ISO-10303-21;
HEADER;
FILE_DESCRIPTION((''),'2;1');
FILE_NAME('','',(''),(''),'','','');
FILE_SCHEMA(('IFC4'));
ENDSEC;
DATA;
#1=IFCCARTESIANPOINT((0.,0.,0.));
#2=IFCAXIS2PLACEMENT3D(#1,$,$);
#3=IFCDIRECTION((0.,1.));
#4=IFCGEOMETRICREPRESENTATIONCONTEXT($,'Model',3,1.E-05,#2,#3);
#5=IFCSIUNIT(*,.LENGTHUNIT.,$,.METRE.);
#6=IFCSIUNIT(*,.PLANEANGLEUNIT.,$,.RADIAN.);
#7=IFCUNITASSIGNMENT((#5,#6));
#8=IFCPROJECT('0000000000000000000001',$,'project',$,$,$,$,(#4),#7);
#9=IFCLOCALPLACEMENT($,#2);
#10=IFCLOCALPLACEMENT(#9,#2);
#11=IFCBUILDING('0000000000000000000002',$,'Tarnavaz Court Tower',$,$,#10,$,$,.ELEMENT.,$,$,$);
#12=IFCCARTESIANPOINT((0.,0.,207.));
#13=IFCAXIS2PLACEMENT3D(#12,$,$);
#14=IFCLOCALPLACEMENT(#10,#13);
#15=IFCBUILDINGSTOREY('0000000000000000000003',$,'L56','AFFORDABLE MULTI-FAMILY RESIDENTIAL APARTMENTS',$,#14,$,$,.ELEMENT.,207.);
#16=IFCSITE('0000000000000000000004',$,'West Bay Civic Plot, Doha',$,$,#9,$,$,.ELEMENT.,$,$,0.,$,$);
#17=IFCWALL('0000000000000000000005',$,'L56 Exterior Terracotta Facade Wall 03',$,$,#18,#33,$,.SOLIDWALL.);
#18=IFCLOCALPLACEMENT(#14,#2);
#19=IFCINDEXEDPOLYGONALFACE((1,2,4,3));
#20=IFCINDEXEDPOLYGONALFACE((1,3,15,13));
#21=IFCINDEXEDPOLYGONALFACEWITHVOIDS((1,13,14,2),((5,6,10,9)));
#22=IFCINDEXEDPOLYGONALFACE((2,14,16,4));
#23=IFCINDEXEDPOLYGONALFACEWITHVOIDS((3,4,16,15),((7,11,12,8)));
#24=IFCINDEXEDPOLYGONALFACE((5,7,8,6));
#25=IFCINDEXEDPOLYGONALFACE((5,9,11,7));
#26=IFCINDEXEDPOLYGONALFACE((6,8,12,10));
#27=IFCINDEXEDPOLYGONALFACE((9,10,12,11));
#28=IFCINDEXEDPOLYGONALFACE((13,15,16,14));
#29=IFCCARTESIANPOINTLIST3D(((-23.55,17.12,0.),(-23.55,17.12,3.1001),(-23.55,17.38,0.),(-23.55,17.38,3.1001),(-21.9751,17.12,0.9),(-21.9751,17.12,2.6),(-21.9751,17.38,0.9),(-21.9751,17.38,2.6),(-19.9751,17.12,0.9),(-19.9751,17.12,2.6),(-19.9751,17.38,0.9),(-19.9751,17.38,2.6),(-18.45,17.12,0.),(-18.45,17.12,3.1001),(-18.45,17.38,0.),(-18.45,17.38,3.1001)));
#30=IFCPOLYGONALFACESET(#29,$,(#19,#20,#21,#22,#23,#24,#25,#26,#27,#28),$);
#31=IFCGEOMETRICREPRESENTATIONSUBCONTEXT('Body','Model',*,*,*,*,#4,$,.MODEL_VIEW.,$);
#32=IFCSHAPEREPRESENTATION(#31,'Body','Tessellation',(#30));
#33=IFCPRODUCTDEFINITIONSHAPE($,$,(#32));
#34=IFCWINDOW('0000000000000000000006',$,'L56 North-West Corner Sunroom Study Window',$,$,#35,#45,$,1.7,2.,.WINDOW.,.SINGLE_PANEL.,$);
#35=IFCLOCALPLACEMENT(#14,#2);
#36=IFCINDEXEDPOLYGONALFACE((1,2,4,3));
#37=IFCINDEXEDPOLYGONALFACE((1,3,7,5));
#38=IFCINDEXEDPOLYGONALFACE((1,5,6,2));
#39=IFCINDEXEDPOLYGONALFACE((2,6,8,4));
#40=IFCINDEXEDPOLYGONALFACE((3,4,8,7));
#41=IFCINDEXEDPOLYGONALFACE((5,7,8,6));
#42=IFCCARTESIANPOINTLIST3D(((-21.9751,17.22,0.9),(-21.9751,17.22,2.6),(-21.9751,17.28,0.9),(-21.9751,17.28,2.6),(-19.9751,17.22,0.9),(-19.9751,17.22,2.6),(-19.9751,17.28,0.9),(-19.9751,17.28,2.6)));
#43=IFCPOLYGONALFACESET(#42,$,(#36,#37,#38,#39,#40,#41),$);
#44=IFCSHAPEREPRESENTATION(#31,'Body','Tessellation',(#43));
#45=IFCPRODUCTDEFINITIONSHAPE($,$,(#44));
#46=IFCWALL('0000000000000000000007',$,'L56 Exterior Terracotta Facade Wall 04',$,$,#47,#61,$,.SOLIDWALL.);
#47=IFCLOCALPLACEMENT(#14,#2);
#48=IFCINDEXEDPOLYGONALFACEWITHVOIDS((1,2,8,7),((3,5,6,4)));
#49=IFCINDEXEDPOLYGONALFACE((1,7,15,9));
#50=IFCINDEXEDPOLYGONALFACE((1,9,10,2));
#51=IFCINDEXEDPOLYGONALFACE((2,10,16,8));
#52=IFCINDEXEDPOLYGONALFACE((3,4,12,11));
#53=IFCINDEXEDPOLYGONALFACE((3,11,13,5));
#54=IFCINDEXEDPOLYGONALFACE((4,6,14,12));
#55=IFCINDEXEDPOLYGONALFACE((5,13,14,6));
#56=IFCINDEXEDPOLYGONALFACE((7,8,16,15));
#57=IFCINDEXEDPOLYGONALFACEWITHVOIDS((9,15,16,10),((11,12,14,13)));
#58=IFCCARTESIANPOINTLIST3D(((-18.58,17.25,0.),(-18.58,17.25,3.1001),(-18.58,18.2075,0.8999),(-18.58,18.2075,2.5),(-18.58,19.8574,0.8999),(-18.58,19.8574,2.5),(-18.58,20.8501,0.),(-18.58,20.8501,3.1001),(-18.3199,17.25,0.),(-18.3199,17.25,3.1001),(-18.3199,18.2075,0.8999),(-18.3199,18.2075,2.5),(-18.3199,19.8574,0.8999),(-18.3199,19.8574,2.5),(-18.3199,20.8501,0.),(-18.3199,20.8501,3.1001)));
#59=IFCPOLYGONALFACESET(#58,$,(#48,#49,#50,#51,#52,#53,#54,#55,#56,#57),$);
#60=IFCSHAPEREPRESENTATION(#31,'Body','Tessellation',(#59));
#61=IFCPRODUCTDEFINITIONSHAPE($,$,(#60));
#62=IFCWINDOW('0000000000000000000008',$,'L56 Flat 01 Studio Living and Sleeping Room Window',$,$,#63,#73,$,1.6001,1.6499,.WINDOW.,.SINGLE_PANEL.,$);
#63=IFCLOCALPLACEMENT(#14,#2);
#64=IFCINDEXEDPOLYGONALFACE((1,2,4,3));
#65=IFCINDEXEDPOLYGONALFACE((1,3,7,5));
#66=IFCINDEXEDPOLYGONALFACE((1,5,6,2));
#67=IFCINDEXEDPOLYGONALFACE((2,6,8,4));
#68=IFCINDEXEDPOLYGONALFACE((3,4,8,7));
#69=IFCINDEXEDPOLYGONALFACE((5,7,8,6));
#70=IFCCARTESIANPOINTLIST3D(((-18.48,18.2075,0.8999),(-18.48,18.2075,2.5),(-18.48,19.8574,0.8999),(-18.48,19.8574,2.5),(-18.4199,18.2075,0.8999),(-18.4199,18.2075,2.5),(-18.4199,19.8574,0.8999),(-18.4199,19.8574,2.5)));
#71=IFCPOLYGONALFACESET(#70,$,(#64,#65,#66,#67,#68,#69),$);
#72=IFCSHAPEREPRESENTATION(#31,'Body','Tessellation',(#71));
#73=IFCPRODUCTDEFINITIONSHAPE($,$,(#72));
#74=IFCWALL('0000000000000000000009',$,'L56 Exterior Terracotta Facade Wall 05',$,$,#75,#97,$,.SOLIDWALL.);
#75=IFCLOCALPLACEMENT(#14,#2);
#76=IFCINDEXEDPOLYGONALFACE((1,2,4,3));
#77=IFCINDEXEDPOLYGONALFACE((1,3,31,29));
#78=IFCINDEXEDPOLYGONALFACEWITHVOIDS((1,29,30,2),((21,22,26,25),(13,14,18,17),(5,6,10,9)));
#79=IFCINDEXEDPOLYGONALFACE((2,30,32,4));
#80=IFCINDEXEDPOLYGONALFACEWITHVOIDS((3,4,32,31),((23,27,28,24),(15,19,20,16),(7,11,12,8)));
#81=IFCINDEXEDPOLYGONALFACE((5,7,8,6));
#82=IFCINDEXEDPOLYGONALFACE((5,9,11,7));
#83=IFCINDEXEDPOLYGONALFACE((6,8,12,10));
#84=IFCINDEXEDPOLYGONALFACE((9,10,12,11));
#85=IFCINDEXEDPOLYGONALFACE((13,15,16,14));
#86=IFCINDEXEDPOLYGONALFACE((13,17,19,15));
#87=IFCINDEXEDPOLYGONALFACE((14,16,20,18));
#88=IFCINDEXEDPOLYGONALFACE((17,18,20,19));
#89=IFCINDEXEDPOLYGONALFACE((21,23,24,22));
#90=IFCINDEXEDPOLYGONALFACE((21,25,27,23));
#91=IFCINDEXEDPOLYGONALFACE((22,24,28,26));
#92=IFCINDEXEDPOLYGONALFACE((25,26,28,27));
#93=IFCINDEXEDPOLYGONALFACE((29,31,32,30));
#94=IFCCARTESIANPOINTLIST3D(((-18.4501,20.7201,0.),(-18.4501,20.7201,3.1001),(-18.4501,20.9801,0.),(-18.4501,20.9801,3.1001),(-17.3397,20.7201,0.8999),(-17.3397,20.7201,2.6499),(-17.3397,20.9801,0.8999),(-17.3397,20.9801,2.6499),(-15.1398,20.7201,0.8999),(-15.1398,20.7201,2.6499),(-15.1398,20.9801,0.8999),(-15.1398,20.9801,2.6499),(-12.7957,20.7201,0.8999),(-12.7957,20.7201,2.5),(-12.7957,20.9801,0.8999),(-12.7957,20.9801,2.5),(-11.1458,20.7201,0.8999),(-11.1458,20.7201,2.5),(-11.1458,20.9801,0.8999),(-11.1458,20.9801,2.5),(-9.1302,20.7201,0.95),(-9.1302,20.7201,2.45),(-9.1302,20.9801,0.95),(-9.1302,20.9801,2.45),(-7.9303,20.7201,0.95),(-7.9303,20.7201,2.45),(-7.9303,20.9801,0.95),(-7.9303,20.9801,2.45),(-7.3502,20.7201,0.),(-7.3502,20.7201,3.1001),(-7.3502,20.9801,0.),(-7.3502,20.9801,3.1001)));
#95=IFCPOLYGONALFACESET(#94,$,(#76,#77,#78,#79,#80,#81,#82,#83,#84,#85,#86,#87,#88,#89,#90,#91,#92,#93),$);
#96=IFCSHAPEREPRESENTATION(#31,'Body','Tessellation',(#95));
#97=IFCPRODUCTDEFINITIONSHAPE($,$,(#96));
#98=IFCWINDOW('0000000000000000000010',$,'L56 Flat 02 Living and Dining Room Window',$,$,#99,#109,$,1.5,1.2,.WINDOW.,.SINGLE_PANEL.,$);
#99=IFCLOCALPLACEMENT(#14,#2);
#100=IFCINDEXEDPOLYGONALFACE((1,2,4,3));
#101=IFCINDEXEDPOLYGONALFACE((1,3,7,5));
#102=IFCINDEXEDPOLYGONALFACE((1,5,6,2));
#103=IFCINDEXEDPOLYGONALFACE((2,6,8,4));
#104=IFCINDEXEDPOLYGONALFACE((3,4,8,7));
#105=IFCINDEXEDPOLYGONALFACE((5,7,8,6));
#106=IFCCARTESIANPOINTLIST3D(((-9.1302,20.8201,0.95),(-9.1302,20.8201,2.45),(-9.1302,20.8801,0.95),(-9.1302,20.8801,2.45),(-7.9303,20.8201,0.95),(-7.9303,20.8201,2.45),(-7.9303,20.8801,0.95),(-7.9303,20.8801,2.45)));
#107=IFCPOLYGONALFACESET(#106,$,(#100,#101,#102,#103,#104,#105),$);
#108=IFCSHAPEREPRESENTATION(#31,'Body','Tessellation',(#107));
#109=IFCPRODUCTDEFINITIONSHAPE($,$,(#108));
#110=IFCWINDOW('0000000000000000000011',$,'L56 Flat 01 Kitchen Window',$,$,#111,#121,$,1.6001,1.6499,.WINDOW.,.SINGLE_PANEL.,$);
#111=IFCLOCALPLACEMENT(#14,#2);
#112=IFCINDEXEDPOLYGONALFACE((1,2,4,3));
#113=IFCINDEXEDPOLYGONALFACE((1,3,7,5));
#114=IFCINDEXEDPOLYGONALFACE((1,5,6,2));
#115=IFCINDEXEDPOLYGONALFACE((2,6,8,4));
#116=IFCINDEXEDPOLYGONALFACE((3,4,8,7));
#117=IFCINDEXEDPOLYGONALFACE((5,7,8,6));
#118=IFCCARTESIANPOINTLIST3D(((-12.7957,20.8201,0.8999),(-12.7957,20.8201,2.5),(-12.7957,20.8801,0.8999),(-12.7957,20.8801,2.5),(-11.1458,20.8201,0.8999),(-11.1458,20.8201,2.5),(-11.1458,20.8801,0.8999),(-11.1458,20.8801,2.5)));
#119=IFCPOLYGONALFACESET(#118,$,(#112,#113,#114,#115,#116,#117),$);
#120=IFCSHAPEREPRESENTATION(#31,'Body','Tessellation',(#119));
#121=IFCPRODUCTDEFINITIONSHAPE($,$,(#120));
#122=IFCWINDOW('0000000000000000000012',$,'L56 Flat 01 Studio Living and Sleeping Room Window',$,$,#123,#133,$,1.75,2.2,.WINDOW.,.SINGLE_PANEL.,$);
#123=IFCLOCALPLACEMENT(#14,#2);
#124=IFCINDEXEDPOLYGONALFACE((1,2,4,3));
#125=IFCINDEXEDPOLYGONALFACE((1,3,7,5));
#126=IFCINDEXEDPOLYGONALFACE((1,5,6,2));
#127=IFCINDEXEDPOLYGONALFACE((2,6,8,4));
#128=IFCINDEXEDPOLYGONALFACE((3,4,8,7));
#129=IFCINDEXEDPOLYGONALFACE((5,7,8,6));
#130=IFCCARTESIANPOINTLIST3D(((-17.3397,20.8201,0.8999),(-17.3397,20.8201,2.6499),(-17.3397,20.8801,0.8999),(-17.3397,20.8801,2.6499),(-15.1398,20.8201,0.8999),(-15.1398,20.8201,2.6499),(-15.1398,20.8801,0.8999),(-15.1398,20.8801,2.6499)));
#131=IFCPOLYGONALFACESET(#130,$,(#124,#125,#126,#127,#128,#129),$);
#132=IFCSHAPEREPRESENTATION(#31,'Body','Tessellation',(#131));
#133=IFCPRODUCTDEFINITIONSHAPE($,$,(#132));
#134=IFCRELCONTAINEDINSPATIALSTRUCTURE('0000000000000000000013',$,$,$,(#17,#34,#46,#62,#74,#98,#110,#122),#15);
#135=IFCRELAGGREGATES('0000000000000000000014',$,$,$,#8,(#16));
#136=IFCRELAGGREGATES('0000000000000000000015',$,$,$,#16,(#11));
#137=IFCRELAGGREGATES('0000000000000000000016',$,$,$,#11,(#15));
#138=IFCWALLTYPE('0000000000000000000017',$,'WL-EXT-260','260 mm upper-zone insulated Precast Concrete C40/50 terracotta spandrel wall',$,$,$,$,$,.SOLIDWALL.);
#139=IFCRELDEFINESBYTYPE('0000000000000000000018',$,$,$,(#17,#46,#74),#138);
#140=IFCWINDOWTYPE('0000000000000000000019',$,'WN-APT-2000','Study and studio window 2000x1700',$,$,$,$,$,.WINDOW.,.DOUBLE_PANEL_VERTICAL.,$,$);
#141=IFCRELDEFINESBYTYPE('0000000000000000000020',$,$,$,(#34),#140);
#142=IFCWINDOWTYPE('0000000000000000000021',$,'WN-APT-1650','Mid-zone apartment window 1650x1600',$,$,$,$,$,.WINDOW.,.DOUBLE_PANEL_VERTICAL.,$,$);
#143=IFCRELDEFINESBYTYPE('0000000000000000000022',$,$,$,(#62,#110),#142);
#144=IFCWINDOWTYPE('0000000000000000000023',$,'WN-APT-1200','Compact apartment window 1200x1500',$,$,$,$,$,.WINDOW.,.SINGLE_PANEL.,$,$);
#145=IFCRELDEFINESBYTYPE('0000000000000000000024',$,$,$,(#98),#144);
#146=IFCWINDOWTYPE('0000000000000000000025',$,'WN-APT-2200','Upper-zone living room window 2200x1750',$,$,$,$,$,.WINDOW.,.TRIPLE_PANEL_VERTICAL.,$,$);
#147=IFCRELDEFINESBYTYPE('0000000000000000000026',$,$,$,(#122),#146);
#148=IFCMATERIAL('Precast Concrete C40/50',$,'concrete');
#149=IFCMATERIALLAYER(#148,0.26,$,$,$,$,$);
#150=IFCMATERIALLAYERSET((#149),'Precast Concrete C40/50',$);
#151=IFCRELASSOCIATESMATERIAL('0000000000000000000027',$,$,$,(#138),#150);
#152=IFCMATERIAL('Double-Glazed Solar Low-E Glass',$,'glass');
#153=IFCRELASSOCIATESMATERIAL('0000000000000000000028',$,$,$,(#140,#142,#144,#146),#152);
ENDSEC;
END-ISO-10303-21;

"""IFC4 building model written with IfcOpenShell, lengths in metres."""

from ifc_helpers import new_model, si_unit, direction, frame, frame_2d, origin, place, context, subcontext, project, spatial, rectangle, extrude, material, layer, layer_set, type_object, element, fill, save


model = new_model("IFC4")

# Units and contexts
model_context = context("Model", 3, precision=1e-05, world=origin(), true_north=direction((0.0, 1.0)))
body_context = subcontext(model_context, "Body", "Model", "MODEL_VIEW")
ifc_project = project(units=[si_unit("LENGTHUNIT", "METRE"), si_unit("PLANEANGLEUNIT", "RADIAN")], contexts=[model_context])

# Site, building, storey
site_placement = place(None, origin())
site = spatial("IfcSite", under=ifc_project, at=site_placement, Name="West Bay Civic Plot, Doha", CompositionType="ELEMENT", RefElevation=0.0)
building_placement = place(site_placement, origin())
building = spatial("IfcBuilding", under=site, at=building_placement, Name="Tarnavaz Court Tower", CompositionType="ELEMENT")
storey_placement = place(building_placement, frame((0.0, 0.0, 207.0)))
storey = spatial("IfcBuildingStorey", under=building, at=storey_placement, Name="L56", Description="AFFORDABLE MULTI-FAMILY RESIDENTIAL APARTMENTS", CompositionType="ELEMENT", Elevation=207.0)

# Walls, openings, windows
ifc_material_1 = material(Name="Precast Concrete C40/50", Category="concrete")
ifc_layer_1 = layer(ifc_material_1, 0.26)
ifc_layer_set_1 = layer_set([ifc_layer_1], Name="Precast Concrete C40/50")
wall_type_1 = type_object("IfcWallType", Name="WL-EXT-260", Description="260 mm upper-zone insulated Precast Concrete C40/50 terracotta spandrel wall", PredefinedType="SOLIDWALL", material=ifc_layer_set_1)
wall_1_placement = place(storey_placement, frame((-23.55, 17.25, 0.0), z_axis=(0.0, 0.0, 1.0), x_axis=(1.0, 0.0, 0.0)))
wall_1 = element("IfcWall", 1, at=wall_1_placement, inside=storey, type_object=wall_type_1, Name="L56 Exterior Terracotta Facade Wall 03", PredefinedType="SOLIDWALL", context=body_context, shape_type="SweptSolid", body=[
    extrude(rectangle(XDim=5.1001, YDim=0.26, at=frame_2d((2.55, 0.0))), origin(), (0.0, 0.0, 1.0), 3.1001),
])
opening_1_placement = place(wall_1_placement, frame((1.575, 0.0, 0.8999)))
opening_1 = element("IfcOpeningElement", 2, at=opening_1_placement, cuts=wall_1, PredefinedType="OPENING", context=body_context, shape_type="SweptSolid", body=[
    extrude(rectangle(XDim=2.0, YDim=1.7, at=frame_2d((1.0, 0.8501))), frame((0.0, 0.1399, 0.0), z_axis=(0.0, -1.0, 0.0), x_axis=(1.0, 0.0, 0.0)), (0.0, 0.0, 1.0), 0.28),
])
ifc_material_2 = material(Name="Double-Glazed Solar Low-E Glass", Category="glass")
window_type_1 = type_object("IfcWindowType", Name="WN-APT-2000", Description="Study and studio window 2000x1700", PartitioningType="DOUBLE_PANEL_VERTICAL", PredefinedType="WINDOW", material=ifc_material_2)
window_1_placement = place(opening_1_placement, origin())
window_1 = element("IfcWindow", 3, at=window_1_placement, inside=storey, type_object=window_type_1, Name="L56 North-West Corner Sunroom Study Window", OverallHeight=1.7, OverallWidth=2.0, PartitioningType="SINGLE_PANEL", PredefinedType="WINDOW", context=body_context, shape_type="SweptSolid", body=[
    extrude(rectangle(XDim=2.0, YDim=1.7, at=frame_2d((1.0, 0.8501))), frame((0.0, 0.03, 0.0), z_axis=(0.0, -1.0, 0.0), x_axis=(1.0, 0.0, 0.0)), (0.0, 0.0, 1.0), 0.0601),
])
fill(opening_1, window_1)
wall_2_placement = place(storey_placement, frame((-18.45, 17.25, 0.0), z_axis=(0.0, 0.0, 1.0), x_axis=(0.0, 1.0, 0.0)))
wall_2 = element("IfcWall", 4, at=wall_2_placement, inside=storey, type_object=wall_type_1, Name="L56 Exterior Terracotta Facade Wall 04", PredefinedType="SOLIDWALL", context=body_context, shape_type="SweptSolid", body=[
    extrude(rectangle(XDim=3.6001, YDim=0.26, at=frame_2d((1.8, 0.0))), origin(), (0.0, 0.0, 1.0), 3.1001),
])
opening_2_placement = place(wall_2_placement, frame((0.9575, 0.0, 0.8999)))
opening_2 = element("IfcOpeningElement", 5, at=opening_2_placement, cuts=wall_2, PredefinedType="OPENING", context=body_context, shape_type="SweptSolid", body=[
    extrude(rectangle(XDim=1.6499, YDim=1.6001, at=frame_2d((0.825, 0.8))), frame((0.0, 0.1399, 0.0), z_axis=(0.0, -1.0, 0.0), x_axis=(1.0, 0.0, 0.0)), (0.0, 0.0, 1.0), 0.28),
])
window_type_2 = type_object("IfcWindowType", Name="WN-APT-1650", Description="Mid-zone apartment window 1650x1600", PartitioningType="DOUBLE_PANEL_VERTICAL", PredefinedType="WINDOW", material=ifc_material_2)
window_2_placement = place(opening_2_placement, origin())
window_2 = element("IfcWindow", 6, at=window_2_placement, inside=storey, type_object=window_type_2, Name="L56 Flat 01 Studio Living and Sleeping Room Window", OverallHeight=1.6001, OverallWidth=1.6499, PartitioningType="SINGLE_PANEL", PredefinedType="WINDOW", context=body_context, shape_type="SweptSolid", body=[
    extrude(rectangle(XDim=1.6499, YDim=1.6001, at=frame_2d((0.825, 0.8))), frame((0.0, 0.03, 0.0), z_axis=(0.0, -1.0, 0.0), x_axis=(1.0, 0.0, 0.0)), (0.0, 0.0, 1.0), 0.0601),
])
fill(opening_2, window_2)

# Wall, openings, windows
wall_3_placement = place(storey_placement, frame((-18.45, 20.8501, 0.0), z_axis=(0.0, 0.0, 1.0), x_axis=(1.0, 0.0, 0.0)))
wall_3 = element("IfcWall", 7, at=wall_3_placement, inside=storey, type_object=wall_type_1, Name="L56 Exterior Terracotta Facade Wall 05", PredefinedType="SOLIDWALL", context=body_context, shape_type="SweptSolid", body=[
    extrude(rectangle(XDim=11.0999, YDim=0.26, at=frame_2d((5.5498, 0.0))), origin(), (0.0, 0.0, 1.0), 3.1001),
])
opening_3_placement = place(wall_3_placement, frame((1.1101, 0.0, 0.8999)))
opening_3 = element("IfcOpeningElement", 8, at=opening_3_placement, cuts=wall_3, PredefinedType="OPENING", context=body_context, shape_type="SweptSolid", body=[
    extrude(rectangle(XDim=2.2, YDim=1.75, at=frame_2d((1.1001, 0.875))), frame((0.0, 0.1399, 0.0), z_axis=(0.0, -1.0, 0.0), x_axis=(1.0, 0.0, 0.0)), (0.0, 0.0, 1.0), 0.28),
])
opening_4_placement = place(wall_3_placement, frame((5.6543, 0.0, 0.8999)))
opening_4 = element("IfcOpeningElement", 9, at=opening_4_placement, cuts=wall_3, PredefinedType="OPENING", context=body_context, shape_type="SweptSolid", body=[
    extrude(rectangle(XDim=1.6499, YDim=1.6001, at=frame_2d((0.825, 0.8))), frame((0.0, 0.1399, 0.0), z_axis=(0.0, -1.0, 0.0), x_axis=(1.0, 0.0, 0.0)), (0.0, 0.0, 1.0), 0.28),
])
opening_5_placement = place(wall_3_placement, frame((9.3196, 0.0, 0.95)))
opening_5 = element("IfcOpeningElement", 10, at=opening_5_placement, cuts=wall_3, PredefinedType="OPENING", context=body_context, shape_type="SweptSolid", body=[
    extrude(rectangle(XDim=1.2, YDim=1.5, at=frame_2d((0.6001, 0.75))), frame((0.0, 0.1399, 0.0), z_axis=(0.0, -1.0, 0.0), x_axis=(1.0, 0.0, 0.0)), (0.0, 0.0, 1.0), 0.28),
])
window_type_3 = type_object("IfcWindowType", Name="WN-APT-1200", Description="Compact apartment window 1200x1500", PartitioningType="SINGLE_PANEL", PredefinedType="WINDOW", material=ifc_material_2)
window_3_placement = place(opening_5_placement, origin())
window_3 = element("IfcWindow", 11, at=window_3_placement, inside=storey, type_object=window_type_3, Name="L56 Flat 02 Living and Dining Room Window", OverallHeight=1.5, OverallWidth=1.2, PartitioningType="SINGLE_PANEL", PredefinedType="WINDOW", context=body_context, shape_type="SweptSolid", body=[
    extrude(rectangle(XDim=1.2, YDim=1.5, at=frame_2d((0.6001, 0.75))), frame((0.0, 0.03, 0.0), z_axis=(0.0, -1.0, 0.0), x_axis=(1.0, 0.0, 0.0)), (0.0, 0.0, 1.0), 0.0601),
])
fill(opening_5, window_3)
window_4_placement = place(opening_4_placement, origin())
window_4 = element("IfcWindow", 12, at=window_4_placement, inside=storey, type_object=window_type_2, Name="L56 Flat 01 Kitchen Window", OverallHeight=1.6001, OverallWidth=1.6499, PartitioningType="SINGLE_PANEL", PredefinedType="WINDOW", context=body_context, shape_type="SweptSolid", body=[
    extrude(rectangle(XDim=1.6499, YDim=1.6001, at=frame_2d((0.825, 0.8))), frame((0.0, 0.03, 0.0), z_axis=(0.0, -1.0, 0.0), x_axis=(1.0, 0.0, 0.0)), (0.0, 0.0, 1.0), 0.0601),
])
fill(opening_4, window_4)
window_type_4 = type_object("IfcWindowType", Name="WN-APT-2200", Description="Upper-zone living room window 2200x1750", PartitioningType="TRIPLE_PANEL_VERTICAL", PredefinedType="WINDOW", material=ifc_material_2)
window_5_placement = place(opening_3_placement, origin())
window_5 = element("IfcWindow", 13, at=window_5_placement, inside=storey, type_object=window_type_4, Name="L56 Flat 01 Studio Living and Sleeping Room Window", OverallHeight=1.75, OverallWidth=2.2, PartitioningType="SINGLE_PANEL", PredefinedType="WINDOW", context=body_context, shape_type="SweptSolid", body=[
    extrude(rectangle(XDim=2.2, YDim=1.75, at=frame_2d((1.1001, 0.875))), frame((0.0, 0.03, 0.0), z_axis=(0.0, -1.0, 0.0), x_axis=(1.0, 0.0, 0.0)), (0.0, 0.0, 1.0), 0.0601),
])
fill(opening_3, window_5)

save(model, "model.ifc")
